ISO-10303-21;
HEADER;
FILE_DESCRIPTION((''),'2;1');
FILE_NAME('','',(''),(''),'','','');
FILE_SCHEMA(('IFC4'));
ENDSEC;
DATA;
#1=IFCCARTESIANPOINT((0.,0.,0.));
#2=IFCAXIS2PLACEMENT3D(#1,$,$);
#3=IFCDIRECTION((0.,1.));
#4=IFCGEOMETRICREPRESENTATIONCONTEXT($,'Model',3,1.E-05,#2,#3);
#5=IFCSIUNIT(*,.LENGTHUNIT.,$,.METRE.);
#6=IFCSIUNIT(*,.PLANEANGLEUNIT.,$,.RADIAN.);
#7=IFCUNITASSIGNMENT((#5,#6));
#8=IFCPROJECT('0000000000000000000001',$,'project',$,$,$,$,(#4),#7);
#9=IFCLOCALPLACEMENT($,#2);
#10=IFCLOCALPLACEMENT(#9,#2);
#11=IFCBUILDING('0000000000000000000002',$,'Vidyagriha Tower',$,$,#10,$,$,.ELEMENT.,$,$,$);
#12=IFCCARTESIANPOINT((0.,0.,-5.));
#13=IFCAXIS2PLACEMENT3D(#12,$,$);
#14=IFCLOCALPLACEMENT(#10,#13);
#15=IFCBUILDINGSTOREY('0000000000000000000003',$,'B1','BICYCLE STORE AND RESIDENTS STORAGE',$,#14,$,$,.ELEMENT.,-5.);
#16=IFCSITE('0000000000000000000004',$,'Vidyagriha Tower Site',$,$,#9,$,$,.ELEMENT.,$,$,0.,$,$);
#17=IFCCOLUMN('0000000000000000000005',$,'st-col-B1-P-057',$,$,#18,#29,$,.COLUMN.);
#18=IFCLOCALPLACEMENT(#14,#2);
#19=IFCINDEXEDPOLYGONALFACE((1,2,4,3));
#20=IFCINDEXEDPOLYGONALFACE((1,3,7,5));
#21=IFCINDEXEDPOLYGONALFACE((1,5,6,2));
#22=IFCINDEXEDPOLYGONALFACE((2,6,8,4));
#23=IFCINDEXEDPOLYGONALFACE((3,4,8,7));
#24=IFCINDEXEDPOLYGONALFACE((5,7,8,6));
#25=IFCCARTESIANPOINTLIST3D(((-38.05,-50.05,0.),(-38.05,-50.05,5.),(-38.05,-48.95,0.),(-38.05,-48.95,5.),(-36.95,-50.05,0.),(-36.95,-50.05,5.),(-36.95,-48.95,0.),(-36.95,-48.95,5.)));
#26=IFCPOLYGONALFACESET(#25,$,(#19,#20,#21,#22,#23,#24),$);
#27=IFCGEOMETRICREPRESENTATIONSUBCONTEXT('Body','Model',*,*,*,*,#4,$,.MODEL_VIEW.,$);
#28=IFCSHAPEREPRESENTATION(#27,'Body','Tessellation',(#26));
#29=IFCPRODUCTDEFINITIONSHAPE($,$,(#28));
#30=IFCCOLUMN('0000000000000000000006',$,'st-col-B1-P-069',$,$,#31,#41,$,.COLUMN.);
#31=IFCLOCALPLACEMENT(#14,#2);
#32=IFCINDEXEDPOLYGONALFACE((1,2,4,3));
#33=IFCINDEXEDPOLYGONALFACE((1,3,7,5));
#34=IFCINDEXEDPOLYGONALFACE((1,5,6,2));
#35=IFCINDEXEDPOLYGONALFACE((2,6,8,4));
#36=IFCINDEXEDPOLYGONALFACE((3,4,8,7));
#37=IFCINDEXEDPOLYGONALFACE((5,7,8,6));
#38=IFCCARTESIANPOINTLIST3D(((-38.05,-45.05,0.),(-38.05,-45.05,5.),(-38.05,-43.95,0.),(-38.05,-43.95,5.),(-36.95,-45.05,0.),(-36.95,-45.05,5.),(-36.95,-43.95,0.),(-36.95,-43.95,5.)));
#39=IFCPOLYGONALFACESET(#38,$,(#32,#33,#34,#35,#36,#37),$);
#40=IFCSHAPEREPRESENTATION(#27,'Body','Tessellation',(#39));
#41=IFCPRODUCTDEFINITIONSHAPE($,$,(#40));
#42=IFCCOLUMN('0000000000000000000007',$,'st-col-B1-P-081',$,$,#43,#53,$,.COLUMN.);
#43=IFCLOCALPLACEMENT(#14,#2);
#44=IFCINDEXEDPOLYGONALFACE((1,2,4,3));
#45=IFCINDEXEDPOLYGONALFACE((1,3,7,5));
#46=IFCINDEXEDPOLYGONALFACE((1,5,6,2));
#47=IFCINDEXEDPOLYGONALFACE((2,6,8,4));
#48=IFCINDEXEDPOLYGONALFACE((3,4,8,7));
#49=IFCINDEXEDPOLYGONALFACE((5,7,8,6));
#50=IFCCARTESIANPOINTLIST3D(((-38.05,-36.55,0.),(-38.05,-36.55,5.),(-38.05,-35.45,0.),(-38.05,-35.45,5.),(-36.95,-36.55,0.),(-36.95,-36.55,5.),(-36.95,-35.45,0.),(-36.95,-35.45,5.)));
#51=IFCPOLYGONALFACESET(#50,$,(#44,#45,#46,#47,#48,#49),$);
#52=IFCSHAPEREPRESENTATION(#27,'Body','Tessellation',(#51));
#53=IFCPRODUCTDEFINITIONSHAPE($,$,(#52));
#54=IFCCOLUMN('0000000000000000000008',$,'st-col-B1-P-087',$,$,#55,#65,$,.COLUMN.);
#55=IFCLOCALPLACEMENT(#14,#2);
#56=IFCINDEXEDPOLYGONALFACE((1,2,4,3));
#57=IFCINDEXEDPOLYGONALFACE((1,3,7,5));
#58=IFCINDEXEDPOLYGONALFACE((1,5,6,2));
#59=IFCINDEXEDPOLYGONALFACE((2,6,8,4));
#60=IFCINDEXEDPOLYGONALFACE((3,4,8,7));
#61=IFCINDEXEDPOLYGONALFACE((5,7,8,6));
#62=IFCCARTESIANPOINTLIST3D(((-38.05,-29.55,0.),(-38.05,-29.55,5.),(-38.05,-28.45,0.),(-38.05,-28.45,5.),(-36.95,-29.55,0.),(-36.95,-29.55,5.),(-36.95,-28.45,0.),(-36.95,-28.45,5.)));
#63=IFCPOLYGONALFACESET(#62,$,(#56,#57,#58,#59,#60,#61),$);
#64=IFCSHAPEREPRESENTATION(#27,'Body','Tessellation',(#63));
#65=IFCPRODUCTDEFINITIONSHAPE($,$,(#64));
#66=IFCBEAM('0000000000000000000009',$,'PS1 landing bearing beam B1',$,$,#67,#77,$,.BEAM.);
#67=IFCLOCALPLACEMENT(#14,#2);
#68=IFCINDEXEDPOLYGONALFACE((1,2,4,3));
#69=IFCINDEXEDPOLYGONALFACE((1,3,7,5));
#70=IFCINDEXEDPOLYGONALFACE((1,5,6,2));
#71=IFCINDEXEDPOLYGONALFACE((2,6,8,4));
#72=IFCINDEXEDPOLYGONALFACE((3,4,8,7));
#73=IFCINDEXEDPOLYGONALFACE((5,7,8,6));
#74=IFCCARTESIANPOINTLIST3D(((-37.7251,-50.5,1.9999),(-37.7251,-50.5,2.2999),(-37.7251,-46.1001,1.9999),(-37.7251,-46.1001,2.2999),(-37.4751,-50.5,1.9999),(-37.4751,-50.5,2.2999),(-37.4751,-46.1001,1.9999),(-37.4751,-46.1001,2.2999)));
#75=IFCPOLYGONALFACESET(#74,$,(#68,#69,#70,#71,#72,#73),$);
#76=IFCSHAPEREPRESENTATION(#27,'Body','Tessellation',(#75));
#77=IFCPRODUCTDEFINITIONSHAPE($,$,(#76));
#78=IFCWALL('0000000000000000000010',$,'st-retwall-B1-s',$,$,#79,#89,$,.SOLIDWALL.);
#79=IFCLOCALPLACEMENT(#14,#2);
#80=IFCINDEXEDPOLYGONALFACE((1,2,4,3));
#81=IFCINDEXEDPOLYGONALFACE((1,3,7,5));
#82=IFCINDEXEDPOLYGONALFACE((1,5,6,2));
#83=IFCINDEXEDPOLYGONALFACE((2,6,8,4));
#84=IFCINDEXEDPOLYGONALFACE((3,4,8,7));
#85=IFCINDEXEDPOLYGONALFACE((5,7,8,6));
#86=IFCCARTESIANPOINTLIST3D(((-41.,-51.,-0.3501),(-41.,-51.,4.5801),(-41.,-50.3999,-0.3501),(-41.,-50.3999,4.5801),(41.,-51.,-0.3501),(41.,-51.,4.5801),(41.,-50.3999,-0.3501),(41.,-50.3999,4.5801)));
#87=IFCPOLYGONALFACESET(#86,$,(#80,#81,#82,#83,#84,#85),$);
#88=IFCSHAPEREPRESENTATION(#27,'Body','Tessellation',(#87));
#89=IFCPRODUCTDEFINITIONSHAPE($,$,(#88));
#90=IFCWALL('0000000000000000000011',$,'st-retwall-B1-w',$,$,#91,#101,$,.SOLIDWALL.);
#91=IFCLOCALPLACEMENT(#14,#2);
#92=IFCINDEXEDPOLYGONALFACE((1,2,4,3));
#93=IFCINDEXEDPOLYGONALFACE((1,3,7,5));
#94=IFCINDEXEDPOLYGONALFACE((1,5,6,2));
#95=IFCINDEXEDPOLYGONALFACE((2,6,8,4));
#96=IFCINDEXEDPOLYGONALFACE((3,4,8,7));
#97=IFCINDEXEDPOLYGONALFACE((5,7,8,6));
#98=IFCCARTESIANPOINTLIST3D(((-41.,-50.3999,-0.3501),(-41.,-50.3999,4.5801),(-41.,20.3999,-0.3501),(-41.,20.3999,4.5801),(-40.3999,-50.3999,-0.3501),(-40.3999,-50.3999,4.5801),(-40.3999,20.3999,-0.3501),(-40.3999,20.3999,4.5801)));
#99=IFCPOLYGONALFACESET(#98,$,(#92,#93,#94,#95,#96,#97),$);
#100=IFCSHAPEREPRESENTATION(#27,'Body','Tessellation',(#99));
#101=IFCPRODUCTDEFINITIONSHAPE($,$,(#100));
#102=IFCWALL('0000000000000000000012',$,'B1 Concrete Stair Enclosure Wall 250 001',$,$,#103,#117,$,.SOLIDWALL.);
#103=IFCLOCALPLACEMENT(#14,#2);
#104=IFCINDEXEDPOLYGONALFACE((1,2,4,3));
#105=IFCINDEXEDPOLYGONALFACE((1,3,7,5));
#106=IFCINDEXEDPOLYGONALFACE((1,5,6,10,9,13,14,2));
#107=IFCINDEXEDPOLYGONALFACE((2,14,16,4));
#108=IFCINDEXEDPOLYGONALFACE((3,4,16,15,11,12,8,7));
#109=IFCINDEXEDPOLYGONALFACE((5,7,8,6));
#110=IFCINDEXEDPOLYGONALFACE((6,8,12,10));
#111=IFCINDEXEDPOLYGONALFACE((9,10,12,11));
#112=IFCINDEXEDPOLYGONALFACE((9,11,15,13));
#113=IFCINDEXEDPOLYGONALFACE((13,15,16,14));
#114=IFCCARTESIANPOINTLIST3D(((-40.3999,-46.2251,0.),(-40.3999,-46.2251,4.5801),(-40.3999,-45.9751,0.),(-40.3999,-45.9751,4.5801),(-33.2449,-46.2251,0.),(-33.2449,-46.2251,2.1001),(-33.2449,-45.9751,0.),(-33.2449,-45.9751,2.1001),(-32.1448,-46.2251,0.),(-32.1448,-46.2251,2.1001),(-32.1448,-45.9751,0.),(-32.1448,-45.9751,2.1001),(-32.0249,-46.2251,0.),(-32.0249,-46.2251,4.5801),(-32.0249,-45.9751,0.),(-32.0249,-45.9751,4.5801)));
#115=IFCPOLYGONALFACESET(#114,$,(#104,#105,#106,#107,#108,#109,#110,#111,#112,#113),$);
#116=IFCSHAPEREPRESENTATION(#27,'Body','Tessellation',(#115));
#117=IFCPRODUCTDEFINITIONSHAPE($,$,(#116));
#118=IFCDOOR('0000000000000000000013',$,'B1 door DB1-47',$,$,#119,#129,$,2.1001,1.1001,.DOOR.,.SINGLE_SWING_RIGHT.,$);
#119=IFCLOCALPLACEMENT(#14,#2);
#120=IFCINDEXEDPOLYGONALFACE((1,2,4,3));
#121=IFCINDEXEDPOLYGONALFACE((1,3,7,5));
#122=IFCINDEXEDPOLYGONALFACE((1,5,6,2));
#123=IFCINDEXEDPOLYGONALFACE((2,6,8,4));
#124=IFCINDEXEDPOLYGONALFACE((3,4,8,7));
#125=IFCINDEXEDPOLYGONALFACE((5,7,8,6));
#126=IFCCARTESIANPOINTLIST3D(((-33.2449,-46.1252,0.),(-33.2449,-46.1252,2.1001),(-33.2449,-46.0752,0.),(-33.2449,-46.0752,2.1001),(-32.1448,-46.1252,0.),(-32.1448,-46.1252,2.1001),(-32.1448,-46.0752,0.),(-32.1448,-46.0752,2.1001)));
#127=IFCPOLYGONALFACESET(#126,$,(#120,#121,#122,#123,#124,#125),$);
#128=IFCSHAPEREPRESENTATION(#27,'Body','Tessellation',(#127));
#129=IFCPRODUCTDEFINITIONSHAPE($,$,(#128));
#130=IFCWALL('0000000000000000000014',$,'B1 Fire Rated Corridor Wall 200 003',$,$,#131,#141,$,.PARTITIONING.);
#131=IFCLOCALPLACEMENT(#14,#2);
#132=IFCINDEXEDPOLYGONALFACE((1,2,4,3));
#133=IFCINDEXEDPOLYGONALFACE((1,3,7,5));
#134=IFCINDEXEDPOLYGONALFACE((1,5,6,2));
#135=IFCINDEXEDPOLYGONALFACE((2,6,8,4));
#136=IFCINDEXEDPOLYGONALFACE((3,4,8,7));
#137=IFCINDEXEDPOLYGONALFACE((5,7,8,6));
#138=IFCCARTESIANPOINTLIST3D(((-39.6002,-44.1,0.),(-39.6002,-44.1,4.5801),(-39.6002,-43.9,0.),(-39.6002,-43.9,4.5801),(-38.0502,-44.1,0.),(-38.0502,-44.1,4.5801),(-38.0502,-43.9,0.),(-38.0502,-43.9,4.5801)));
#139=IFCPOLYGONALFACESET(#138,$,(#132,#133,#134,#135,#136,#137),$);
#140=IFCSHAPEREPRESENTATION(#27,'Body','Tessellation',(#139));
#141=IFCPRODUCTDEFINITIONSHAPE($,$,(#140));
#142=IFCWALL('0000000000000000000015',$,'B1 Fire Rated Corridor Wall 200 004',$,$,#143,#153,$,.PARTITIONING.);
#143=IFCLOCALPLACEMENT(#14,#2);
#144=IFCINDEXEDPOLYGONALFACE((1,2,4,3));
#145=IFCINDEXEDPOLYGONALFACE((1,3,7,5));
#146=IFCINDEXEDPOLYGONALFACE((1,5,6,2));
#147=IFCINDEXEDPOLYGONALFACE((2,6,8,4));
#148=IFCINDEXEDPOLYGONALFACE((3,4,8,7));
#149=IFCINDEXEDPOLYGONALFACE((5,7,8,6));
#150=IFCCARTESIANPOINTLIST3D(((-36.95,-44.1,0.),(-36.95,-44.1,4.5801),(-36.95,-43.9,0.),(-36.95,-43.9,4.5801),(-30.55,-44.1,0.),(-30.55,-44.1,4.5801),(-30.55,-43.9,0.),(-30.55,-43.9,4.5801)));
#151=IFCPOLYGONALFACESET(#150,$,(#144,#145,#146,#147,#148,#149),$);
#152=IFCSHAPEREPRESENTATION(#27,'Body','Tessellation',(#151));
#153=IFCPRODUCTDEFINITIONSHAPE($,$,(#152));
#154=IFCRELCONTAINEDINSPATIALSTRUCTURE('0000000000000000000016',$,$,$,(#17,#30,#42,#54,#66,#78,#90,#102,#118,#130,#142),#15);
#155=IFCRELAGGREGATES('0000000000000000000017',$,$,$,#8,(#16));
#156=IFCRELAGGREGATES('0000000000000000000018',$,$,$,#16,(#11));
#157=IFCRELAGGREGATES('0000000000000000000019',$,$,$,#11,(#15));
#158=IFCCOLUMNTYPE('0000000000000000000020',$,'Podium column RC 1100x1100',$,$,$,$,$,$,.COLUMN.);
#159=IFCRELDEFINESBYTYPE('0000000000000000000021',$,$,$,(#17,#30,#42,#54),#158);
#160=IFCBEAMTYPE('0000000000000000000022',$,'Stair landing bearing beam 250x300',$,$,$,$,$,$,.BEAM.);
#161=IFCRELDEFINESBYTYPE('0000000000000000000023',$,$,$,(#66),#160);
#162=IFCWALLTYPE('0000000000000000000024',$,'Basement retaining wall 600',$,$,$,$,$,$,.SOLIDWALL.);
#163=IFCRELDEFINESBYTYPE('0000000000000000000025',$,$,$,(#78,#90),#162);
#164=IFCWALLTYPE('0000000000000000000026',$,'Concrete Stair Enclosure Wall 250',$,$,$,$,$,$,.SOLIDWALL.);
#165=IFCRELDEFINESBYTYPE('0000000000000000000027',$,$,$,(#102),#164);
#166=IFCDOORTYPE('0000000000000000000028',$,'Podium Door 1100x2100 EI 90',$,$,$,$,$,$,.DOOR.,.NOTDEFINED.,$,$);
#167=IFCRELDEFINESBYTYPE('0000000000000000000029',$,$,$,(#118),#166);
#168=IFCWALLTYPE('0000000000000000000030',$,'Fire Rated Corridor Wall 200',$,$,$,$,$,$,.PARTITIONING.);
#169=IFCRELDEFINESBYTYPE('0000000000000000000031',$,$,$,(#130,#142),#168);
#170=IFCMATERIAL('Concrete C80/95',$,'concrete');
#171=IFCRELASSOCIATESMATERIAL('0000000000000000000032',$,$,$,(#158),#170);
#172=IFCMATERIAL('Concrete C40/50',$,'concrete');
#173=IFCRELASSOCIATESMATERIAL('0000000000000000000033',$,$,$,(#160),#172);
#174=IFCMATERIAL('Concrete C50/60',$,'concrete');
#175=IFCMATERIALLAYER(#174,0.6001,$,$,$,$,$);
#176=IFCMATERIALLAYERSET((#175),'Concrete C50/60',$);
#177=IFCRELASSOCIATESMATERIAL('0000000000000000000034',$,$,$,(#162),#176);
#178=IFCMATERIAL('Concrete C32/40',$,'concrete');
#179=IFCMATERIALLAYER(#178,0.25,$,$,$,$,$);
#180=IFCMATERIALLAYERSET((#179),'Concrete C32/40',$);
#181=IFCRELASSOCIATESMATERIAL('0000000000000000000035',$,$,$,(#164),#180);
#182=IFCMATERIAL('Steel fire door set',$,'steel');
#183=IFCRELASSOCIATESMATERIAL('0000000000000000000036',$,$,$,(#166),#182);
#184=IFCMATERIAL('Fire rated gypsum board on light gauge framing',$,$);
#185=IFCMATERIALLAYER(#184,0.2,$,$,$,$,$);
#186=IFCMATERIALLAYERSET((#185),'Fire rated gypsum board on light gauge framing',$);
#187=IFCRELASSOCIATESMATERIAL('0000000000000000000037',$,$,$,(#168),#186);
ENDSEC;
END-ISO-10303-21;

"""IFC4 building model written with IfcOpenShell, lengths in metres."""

from ifc_helpers import new_model, si_unit, direction, frame, frame_2d, origin, origin_2d, place, context, subcontext, project, spatial, rectangle, extrude, material, layer, layer_set, material_profile, profile_set, type_object, element, fill, save


model = new_model("IFC4")

# Units and contexts
model_context = context("Model", 3, precision=1e-05, world=origin(), true_north=direction((0.0, 1.0)))
body_context = subcontext(model_context, "Body", "Model", "MODEL_VIEW")
ifc_project = project(units=[si_unit("LENGTHUNIT", "METRE"), si_unit("PLANEANGLEUNIT", "RADIAN")], contexts=[model_context])

# Site, building, storey
site_placement = place(None, origin())
site = spatial("IfcSite", under=ifc_project, at=site_placement, Name="Vidyagriha Tower Site", CompositionType="ELEMENT", RefElevation=0.0)
building_placement = place(site_placement, origin())
building = spatial("IfcBuilding", under=site, at=building_placement, Name="Vidyagriha Tower", CompositionType="ELEMENT")
storey_placement = place(building_placement, frame((0.0, 0.0, -5.0)))
storey = spatial("IfcBuildingStorey", under=building, at=storey_placement, Name="B1", Description="BICYCLE STORE AND RESIDENTS STORAGE", CompositionType="ELEMENT", Elevation=-5.0)

# Columns
ifc_material_1 = material(Name="Concrete C80/95", Category="concrete")
ifc_material_profile_1 = material_profile(ifc_material_1, rectangle(XDim=1.1001, YDim=1.1001, at=origin_2d()), Name="RC 1100x1100")
ifc_profile_set_1 = profile_set([ifc_material_profile_1], Name="Concrete C80/95")
column_type = type_object("IfcColumnType", Name="Podium column RC 1100x1100", PredefinedType="COLUMN", material=ifc_profile_set_1)
for number, where, name in (
    (1, (-37.5, -49.5, 0.0), "st-col-B1-P-057"),
    (2, (-37.5, -44.5, 0.0), "st-col-B1-P-069"),
    (3, (-37.5, -36.0, 0.0), "st-col-B1-P-081"),
    (4, (-37.5, -29.0, 0.0), "st-col-B1-P-087"),
):
    element("IfcColumn", number, at=place(storey_placement, frame(where)), inside=storey, type_object=column_type, Name=name, PredefinedType="COLUMN", context=body_context, shape_type="SweptSolid", body=[
        extrude(rectangle(XDim=1.1001, YDim=1.1001, at=origin_2d()), origin(), (0.0, 0.0, 1.0), 5.0),
    ])

# Beam
ifc_material_2 = material(Name="Concrete C40/50", Category="concrete")
ifc_material_profile_2 = material_profile(ifc_material_2, rectangle(XDim=0.25, YDim=0.3, at=origin_2d()), Name="Stair landing bearing beam 250x300")
ifc_profile_set_2 = profile_set([ifc_material_profile_2], Name="Concrete C40/50")
beam_type = type_object("IfcBeamType", Name="Stair landing bearing beam 250x300", PredefinedType="BEAM", material=ifc_profile_set_2)
beam_placement = place(storey_placement, frame((-37.6001, -50.5, 2.1499), z_axis=(0.0, 1.0, 0.0), x_axis=(-1.0, 0.0, 0.0)))
element("IfcBeam", 5, at=beam_placement, inside=storey, type_object=beam_type, Name="PS1 landing bearing beam B1", PredefinedType="BEAM", context=body_context, shape_type="SweptSolid", body=[
    extrude(rectangle(XDim=0.25, YDim=0.3, at=origin_2d()), origin(), (0.0, 0.0, 1.0), 4.3999),
])

# Walls
ifc_material_3 = material(Name="Concrete C50/60", Category="concrete")
ifc_layer_1 = layer(ifc_material_3, 0.6001)
ifc_layer_set_1 = layer_set([ifc_layer_1], Name="Concrete C50/60")
wall_type_1 = type_object("IfcWallType", Name="Basement retaining wall 600", PredefinedType="SOLIDWALL", material=ifc_layer_set_1)
wall_1_placement = place(storey_placement, frame((-41.0, -50.7, -0.3501)))
element("IfcWall", 6, at=wall_1_placement, inside=storey, type_object=wall_type_1, Name="st-retwall-B1-s", PredefinedType="SOLIDWALL", context=body_context, shape_type="SweptSolid", body=[
    extrude(rectangle(XDim=82.0, YDim=0.6001, at=frame_2d((41.0, 0.0))), origin(), (0.0, 0.0, 1.0), 4.9302),
])
wall_2_placement = place(storey_placement, frame((-40.7, -50.3999, -0.3501), z_axis=(0.0, 0.0, 1.0), x_axis=(0.0, 1.0, 0.0)))
element("IfcWall", 7, at=wall_2_placement, inside=storey, type_object=wall_type_1, Name="st-retwall-B1-w", PredefinedType="SOLIDWALL", context=body_context, shape_type="SweptSolid", body=[
    extrude(rectangle(XDim=70.7998, YDim=0.6001, at=frame_2d((35.3999, 0.0))), origin(), (0.0, 0.0, 1.0), 4.9302),
])

# Wall, opening, door
ifc_material_4 = material(Name="Concrete C32/40", Category="concrete")
ifc_layer_2 = layer(ifc_material_4, 0.25)
ifc_layer_set_2 = layer_set([ifc_layer_2], Name="Concrete C32/40")
wall_type_2 = type_object("IfcWallType", Name="Concrete Stair Enclosure Wall 250", PredefinedType="SOLIDWALL", material=ifc_layer_set_2)
wall_3_placement = place(storey_placement, frame((-40.3999, -46.1001, 0.0)))
wall_3 = element("IfcWall", 8, at=wall_3_placement, inside=storey, type_object=wall_type_2, Name="B1 Concrete Stair Enclosure Wall 250 001", PredefinedType="SOLIDWALL", context=body_context, shape_type="SweptSolid", body=[
    extrude(rectangle(XDim=8.375, YDim=0.25, at=frame_2d((4.1875, 0.0))), origin(), (0.0, 0.0, 1.0), 4.5801),
])
opening_placement = place(wall_3_placement, frame((7.155, 0.0, 0.0)))
opening = element("IfcOpeningElement", 9, at=opening_placement, cuts=wall_3, PredefinedType="OPENING", context=body_context, shape_type="SweptSolid", body=[
    extrude(rectangle(XDim=1.1001, YDim=2.1001, at=frame_2d((0.55, 1.05))), frame((0.0, 0.135, 0.0), z_axis=(0.0, -1.0, 0.0), x_axis=(1.0, 0.0, 0.0)), (0.0, 0.0, 1.0), 0.27),
])
ifc_material_5 = material(Name="Steel fire door set", Category="steel")
door_type = type_object("IfcDoorType", Name="Podium Door 1100x2100 EI 90", OperationType="NOTDEFINED", PredefinedType="DOOR", material=ifc_material_5)
door_placement = place(opening_placement, origin())
door = element("IfcDoor", 10, at=door_placement, inside=storey, type_object=door_type, Name="B1 door DB1-47", OperationType="SINGLE_SWING_RIGHT", OverallHeight=2.1001, OverallWidth=1.1001, PredefinedType="DOOR", context=body_context, shape_type="SweptSolid", body=[
    extrude(rectangle(XDim=1.1001, YDim=2.1001, at=frame_2d((0.55, 1.05))), frame((0.0, 0.0249, 0.0), z_axis=(0.0, -1.0, 0.0), x_axis=(1.0, 0.0, 0.0)), (0.0, 0.0, 1.0), 0.05),
])
fill(opening, door)

# Walls
ifc_material_6 = material(Name="Fire rated gypsum board on light gauge framing")
ifc_layer_3 = layer(ifc_material_6, 0.2)
ifc_layer_set_3 = layer_set([ifc_layer_3], Name="Fire rated gypsum board on light gauge framing")
wall_type_3 = type_object("IfcWallType", Name="Fire Rated Corridor Wall 200", PredefinedType="PARTITIONING", material=ifc_layer_set_3)
wall_4_placement = place(storey_placement, frame((-39.6001, -44.0, 0.0)))
element("IfcWall", 11, at=wall_4_placement, inside=storey, type_object=wall_type_3, Name="B1 Fire Rated Corridor Wall 200 003", PredefinedType="PARTITIONING", context=body_context, shape_type="SweptSolid", body=[
    extrude(rectangle(XDim=1.55, YDim=0.2, at=frame_2d((0.7749, 0.0))), origin(), (0.0, 0.0, 1.0), 4.5801),
])
wall_5_placement = place(storey_placement, frame((-36.95, -44.0, 0.0)))
element("IfcWall", 12, at=wall_5_placement, inside=storey, type_object=wall_type_3, Name="B1 Fire Rated Corridor Wall 200 004", PredefinedType="PARTITIONING", context=body_context, shape_type="SweptSolid", body=[
    extrude(rectangle(XDim=6.3999, YDim=0.2, at=frame_2d((3.2, 0.0))), origin(), (0.0, 0.0, 1.0), 4.5801),
])

save(model, "model.ifc")
